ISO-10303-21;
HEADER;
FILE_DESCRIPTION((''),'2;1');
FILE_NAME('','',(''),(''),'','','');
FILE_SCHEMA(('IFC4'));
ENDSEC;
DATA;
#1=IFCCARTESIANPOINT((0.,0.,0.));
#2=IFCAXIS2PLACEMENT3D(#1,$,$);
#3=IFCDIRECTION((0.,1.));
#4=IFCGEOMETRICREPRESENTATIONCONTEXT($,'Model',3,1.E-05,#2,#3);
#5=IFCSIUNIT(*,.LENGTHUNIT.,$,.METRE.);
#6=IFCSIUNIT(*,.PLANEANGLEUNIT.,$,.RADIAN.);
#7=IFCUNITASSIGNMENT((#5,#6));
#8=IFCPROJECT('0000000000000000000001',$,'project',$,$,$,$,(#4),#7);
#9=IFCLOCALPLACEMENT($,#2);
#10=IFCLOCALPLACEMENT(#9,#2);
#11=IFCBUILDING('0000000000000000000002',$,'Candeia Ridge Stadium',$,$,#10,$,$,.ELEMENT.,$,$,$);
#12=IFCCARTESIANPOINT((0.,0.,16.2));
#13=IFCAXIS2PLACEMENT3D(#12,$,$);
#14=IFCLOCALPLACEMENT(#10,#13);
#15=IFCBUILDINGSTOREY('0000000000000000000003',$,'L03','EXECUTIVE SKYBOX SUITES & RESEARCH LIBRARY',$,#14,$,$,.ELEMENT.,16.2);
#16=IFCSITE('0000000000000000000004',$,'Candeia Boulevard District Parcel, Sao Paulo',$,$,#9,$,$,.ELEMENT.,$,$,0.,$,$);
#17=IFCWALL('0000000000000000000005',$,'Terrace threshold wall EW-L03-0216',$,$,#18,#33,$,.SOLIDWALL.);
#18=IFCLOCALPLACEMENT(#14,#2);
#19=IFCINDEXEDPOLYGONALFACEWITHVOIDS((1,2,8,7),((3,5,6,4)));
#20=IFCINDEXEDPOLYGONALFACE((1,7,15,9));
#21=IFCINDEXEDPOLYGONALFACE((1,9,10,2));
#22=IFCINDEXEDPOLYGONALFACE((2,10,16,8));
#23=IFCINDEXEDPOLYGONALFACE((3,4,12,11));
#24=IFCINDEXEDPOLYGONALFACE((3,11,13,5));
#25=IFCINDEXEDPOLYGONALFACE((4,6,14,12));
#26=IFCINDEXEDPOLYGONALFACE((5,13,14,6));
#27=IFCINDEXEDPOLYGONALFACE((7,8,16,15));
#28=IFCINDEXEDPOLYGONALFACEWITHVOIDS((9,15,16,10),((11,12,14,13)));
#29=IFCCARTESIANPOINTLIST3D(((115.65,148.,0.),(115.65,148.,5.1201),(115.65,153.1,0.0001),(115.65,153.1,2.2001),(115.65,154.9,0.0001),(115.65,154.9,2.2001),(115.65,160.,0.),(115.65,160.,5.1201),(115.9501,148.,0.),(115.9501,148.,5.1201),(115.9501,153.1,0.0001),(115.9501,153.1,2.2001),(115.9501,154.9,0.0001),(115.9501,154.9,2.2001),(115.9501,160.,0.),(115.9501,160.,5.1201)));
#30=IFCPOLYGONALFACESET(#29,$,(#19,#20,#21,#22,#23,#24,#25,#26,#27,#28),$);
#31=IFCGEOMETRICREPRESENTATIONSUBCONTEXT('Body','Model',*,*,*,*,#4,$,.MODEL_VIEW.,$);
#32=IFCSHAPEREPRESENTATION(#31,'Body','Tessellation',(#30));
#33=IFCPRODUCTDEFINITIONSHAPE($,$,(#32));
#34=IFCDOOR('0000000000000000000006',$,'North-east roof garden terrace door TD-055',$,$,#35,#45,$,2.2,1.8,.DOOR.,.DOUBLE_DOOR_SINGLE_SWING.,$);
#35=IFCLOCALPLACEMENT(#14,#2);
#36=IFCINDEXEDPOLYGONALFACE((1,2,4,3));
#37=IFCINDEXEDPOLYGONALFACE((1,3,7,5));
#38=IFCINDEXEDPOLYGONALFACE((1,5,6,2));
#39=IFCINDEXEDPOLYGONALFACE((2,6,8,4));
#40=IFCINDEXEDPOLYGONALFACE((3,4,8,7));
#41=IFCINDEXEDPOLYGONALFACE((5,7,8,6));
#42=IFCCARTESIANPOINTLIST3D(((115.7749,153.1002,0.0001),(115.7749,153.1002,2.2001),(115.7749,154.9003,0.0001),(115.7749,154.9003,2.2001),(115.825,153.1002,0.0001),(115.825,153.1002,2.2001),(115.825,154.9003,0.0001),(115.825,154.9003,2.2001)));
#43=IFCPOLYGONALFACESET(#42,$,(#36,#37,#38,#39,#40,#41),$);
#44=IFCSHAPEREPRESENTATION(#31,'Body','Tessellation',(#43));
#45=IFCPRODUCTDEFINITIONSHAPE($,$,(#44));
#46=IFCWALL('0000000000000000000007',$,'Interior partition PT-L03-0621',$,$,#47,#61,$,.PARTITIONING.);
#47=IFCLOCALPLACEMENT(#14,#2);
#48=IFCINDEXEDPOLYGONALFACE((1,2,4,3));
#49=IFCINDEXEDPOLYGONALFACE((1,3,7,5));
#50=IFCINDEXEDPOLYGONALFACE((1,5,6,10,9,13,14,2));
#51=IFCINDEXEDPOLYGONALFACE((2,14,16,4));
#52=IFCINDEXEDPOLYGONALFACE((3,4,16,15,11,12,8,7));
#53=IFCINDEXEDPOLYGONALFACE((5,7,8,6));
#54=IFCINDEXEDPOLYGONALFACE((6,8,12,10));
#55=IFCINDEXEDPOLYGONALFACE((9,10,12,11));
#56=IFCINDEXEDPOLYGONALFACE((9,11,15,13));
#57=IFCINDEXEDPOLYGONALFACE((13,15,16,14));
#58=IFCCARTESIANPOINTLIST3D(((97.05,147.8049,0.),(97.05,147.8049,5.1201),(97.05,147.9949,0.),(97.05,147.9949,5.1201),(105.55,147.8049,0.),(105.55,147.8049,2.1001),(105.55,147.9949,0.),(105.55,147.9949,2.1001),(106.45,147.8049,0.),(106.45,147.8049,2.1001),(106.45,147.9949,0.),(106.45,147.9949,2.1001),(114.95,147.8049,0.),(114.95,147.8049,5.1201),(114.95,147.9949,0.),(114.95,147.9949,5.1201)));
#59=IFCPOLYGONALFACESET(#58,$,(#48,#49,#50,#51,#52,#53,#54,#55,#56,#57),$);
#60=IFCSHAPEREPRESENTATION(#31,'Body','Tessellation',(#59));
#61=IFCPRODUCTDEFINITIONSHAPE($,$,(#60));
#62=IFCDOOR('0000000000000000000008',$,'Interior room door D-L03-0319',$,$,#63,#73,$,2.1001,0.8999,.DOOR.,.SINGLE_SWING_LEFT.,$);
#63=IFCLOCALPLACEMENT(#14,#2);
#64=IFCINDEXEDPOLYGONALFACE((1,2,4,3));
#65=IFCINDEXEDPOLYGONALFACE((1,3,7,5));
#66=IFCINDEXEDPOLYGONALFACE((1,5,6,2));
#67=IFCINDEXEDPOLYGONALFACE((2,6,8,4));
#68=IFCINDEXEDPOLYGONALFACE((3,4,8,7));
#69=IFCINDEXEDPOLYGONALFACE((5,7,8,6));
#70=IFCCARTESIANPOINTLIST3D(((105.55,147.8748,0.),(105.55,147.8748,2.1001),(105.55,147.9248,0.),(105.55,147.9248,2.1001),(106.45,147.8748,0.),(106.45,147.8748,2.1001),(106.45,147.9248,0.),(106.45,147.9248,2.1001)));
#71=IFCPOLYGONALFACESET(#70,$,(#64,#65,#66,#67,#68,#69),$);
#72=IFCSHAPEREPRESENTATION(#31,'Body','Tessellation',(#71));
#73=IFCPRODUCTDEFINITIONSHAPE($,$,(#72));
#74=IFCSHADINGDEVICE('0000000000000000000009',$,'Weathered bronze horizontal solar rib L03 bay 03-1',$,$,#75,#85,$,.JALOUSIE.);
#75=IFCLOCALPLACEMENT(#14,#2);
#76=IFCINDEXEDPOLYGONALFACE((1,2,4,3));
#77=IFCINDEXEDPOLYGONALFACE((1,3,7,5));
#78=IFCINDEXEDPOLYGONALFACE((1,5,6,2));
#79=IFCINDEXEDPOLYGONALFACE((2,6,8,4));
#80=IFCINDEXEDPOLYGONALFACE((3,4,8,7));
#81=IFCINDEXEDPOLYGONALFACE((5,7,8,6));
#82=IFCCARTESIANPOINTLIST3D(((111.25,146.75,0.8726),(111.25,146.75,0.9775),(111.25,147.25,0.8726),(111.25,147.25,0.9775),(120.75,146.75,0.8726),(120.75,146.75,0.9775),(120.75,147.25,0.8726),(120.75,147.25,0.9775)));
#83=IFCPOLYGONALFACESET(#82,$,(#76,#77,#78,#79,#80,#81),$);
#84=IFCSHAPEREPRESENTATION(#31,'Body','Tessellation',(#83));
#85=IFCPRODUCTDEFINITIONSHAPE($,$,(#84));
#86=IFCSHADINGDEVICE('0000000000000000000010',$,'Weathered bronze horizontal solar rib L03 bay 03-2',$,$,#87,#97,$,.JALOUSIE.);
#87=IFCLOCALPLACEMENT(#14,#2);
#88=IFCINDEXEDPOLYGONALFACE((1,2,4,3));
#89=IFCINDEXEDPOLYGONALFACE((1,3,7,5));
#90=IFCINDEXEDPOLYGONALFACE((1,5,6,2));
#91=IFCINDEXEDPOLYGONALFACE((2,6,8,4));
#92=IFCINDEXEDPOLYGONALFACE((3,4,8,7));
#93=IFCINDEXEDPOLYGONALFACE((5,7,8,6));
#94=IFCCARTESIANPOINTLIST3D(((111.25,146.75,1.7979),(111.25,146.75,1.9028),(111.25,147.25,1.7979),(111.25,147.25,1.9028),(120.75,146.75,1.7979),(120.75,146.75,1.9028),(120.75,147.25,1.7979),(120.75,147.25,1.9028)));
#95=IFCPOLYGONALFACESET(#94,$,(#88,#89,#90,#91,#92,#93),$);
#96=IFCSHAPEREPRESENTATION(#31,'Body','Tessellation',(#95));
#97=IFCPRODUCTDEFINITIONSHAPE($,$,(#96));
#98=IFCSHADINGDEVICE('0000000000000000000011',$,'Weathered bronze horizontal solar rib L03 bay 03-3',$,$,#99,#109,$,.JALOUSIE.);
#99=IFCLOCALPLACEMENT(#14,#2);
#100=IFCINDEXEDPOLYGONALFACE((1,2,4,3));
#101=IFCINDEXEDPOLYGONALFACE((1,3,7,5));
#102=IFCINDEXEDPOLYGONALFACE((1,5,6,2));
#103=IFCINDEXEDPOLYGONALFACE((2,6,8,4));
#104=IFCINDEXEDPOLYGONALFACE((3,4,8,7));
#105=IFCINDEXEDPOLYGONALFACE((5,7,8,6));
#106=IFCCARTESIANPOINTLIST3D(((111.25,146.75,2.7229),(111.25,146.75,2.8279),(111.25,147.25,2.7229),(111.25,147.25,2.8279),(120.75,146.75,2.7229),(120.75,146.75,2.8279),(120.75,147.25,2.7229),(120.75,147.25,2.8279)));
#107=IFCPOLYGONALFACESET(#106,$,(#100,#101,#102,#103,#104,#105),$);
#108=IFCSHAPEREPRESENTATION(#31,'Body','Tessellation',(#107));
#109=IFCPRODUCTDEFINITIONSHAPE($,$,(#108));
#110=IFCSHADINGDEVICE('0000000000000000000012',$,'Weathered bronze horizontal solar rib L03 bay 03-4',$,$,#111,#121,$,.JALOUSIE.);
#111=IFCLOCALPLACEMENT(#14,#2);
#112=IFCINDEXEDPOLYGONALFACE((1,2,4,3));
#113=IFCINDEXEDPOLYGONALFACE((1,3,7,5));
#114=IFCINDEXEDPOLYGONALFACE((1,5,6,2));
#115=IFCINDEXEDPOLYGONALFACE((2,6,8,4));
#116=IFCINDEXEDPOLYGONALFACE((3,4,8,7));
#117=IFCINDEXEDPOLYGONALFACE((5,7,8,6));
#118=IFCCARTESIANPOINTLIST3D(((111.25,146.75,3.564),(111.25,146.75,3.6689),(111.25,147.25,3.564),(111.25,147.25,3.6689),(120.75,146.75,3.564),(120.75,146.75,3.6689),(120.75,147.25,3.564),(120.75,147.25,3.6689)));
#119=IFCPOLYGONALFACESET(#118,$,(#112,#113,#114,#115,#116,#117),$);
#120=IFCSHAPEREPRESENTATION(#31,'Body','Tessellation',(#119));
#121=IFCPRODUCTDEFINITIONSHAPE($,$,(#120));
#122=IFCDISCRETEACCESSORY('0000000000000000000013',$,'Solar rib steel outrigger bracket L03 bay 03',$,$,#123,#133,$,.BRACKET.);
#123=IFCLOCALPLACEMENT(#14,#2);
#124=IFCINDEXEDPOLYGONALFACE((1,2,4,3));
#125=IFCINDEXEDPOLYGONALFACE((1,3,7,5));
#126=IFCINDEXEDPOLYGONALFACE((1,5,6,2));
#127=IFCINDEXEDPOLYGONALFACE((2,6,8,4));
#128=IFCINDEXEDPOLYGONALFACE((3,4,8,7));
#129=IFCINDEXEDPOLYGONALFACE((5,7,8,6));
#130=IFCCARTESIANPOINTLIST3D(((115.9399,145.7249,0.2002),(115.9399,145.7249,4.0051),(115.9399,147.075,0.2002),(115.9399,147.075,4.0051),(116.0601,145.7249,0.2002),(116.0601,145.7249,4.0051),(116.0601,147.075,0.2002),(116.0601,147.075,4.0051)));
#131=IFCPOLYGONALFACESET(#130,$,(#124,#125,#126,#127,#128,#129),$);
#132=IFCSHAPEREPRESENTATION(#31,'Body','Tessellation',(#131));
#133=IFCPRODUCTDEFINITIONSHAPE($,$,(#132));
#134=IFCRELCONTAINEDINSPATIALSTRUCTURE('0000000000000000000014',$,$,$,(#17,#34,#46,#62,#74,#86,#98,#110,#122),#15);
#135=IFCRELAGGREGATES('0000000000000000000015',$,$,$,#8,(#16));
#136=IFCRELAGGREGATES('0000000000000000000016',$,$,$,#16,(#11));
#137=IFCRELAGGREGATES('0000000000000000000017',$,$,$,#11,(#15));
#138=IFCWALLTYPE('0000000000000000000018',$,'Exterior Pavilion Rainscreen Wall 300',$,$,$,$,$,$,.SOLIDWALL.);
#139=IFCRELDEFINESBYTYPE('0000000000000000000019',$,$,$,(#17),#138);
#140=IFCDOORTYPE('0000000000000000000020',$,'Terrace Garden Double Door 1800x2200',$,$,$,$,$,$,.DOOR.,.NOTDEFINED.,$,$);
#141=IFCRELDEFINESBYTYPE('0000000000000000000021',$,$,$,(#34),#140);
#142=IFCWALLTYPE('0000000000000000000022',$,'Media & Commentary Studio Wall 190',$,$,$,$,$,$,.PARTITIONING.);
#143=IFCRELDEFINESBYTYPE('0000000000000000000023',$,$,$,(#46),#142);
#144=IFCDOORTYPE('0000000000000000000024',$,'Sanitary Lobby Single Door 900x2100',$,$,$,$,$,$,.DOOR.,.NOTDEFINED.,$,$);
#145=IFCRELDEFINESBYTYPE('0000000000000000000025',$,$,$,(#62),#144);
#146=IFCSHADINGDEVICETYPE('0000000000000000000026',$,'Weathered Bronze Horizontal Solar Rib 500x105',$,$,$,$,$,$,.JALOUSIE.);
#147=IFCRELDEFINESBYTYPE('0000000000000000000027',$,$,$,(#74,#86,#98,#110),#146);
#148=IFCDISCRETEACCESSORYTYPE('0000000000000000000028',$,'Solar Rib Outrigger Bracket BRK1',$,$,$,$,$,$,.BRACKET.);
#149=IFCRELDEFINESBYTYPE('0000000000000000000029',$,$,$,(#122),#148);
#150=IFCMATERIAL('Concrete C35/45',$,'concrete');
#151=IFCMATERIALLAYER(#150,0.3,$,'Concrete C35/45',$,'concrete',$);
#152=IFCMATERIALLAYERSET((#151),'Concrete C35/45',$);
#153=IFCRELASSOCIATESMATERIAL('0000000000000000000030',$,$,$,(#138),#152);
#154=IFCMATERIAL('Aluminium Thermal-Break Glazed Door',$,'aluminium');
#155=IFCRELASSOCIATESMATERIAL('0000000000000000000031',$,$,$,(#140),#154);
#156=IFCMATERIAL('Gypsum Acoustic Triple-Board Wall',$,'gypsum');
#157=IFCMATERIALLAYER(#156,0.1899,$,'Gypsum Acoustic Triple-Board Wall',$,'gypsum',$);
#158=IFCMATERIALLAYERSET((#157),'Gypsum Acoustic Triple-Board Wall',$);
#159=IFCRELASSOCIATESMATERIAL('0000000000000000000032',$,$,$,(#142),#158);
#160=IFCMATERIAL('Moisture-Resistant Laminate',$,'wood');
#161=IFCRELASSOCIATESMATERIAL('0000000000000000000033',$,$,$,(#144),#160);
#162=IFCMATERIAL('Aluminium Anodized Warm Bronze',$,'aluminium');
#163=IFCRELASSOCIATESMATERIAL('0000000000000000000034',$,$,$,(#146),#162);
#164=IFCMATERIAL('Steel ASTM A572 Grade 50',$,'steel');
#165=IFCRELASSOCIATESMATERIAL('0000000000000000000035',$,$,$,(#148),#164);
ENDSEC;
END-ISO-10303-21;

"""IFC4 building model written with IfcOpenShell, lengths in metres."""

from ifc_helpers import new_model, si_unit, direction, frame, frame_2d, origin, origin_2d, place, context, subcontext, project, spatial, rectangle, extrude, material, layer, layer_set, type_object, element, fill, save


model = new_model("IFC4")

# Units and contexts
model_context = context("Model", 3, precision=1e-05, world=origin(), true_north=direction((0.0, 1.0)))
body_context = subcontext(model_context, "Body", "Model", "MODEL_VIEW")
ifc_project = project(units=[si_unit("LENGTHUNIT", "METRE"), si_unit("PLANEANGLEUNIT", "RADIAN")], contexts=[model_context])

# Site, building, storey
site_placement = place(None, origin())
site = spatial("IfcSite", under=ifc_project, at=site_placement, Name="Candeia Boulevard District Parcel, Sao Paulo", CompositionType="ELEMENT", RefElevation=0.0)
building_placement = place(site_placement, origin())
building = spatial("IfcBuilding", under=site, at=building_placement, Name="Candeia Ridge Stadium", CompositionType="ELEMENT")
storey_placement = place(building_placement, frame((0.0, 0.0, 16.2)))
storey = spatial("IfcBuildingStorey", under=building, at=storey_placement, Name="L03", Description="EXECUTIVE SKYBOX SUITES & RESEARCH LIBRARY", CompositionType="ELEMENT", Elevation=16.2)

# Shared definitions
ifc_material_1 = material(Name="Steel ASTM A572 Grade 50", Category="steel")

# Shared definitions
ifc_material_2 = material(Name="Aluminium Anodized Warm Bronze", Category="aluminium")

# Walls, openings, doors
ifc_material_3 = material(Name="Concrete C35/45", Category="concrete")
ifc_layer_1 = layer(ifc_material_3, 0.3, Name="Concrete C35/45", Category="concrete")
ifc_layer_set_1 = layer_set([ifc_layer_1], Name="Concrete C35/45")
wall_type_1 = type_object("IfcWallType", Name="Exterior Pavilion Rainscreen Wall 300", PredefinedType="SOLIDWALL", material=ifc_layer_set_1)
wall_1_placement = place(storey_placement, frame((115.8, 148.0, 0.0), z_axis=(0.0, 0.0, 1.0), x_axis=(0.0, 1.0, 0.0)))
wall_1 = element("IfcWall", 1, at=wall_1_placement, inside=storey, type_object=wall_type_1, Name="Terrace threshold wall EW-L03-0216", PredefinedType="SOLIDWALL", context=body_context, shape_type="SweptSolid", body=[
    extrude(rectangle(XDim=12.0, YDim=0.3, at=frame_2d((6.0, 0.0))), origin(), (0.0, 0.0, 1.0), 5.1201),
])
opening_1_placement = place(wall_1_placement, frame((5.1001, 0.0, 0.0)))
opening_1 = element("IfcOpeningElement", 2, at=opening_1_placement, cuts=wall_1, PredefinedType="OPENING", context=body_context, shape_type="SweptSolid", body=[
    extrude(rectangle(XDim=1.8, YDim=2.2, at=frame_2d((0.8999, 1.1001))), frame((0.0, 0.1599, 0.0), z_axis=(0.0, -1.0, 0.0), x_axis=(1.0, 0.0, 0.0)), (0.0, 0.0, 1.0), 0.3201),
])
ifc_material_4 = material(Name="Aluminium Thermal-Break Glazed Door", Category="aluminium")
door_type_1 = type_object("IfcDoorType", Name="Terrace Garden Double Door 1800x2200", OperationType="NOTDEFINED", PredefinedType="DOOR", material=ifc_material_4)
door_1_placement = place(opening_1_placement, frame((1.8, 0.0, 0.0), z_axis=(0.0, 0.0, 1.0), x_axis=(-1.0, 0.0, 0.0)))
door_1 = element("IfcDoor", 3, at=door_1_placement, inside=storey, type_object=door_type_1, Name="North-east roof garden terrace door TD-055", OperationType="DOUBLE_DOOR_SINGLE_SWING", OverallHeight=2.2, OverallWidth=1.8, PredefinedType="DOOR", context=body_context, shape_type="SweptSolid", body=[
    extrude(rectangle(XDim=1.8, YDim=2.2, at=frame_2d((0.8999, 1.1001))), frame((0.0, 0.0249, 0.0), z_axis=(0.0, -1.0, 0.0), x_axis=(1.0, 0.0, 0.0)), (0.0, 0.0, 1.0), 0.05),
])
fill(opening_1, door_1)
ifc_material_5 = material(Name="Gypsum Acoustic Triple-Board Wall", Category="gypsum")
ifc_layer_2 = layer(ifc_material_5, 0.1899, Name="Gypsum Acoustic Triple-Board Wall", Category="gypsum")
ifc_layer_set_2 = layer_set([ifc_layer_2], Name="Gypsum Acoustic Triple-Board Wall")
wall_type_2 = type_object("IfcWallType", Name="Media & Commentary Studio Wall 190", PredefinedType="PARTITIONING", material=ifc_layer_set_2)
wall_2_placement = place(storey_placement, frame((114.95, 147.8999, 0.0), z_axis=(0.0, 0.0, 1.0), x_axis=(-1.0, 0.0, 0.0)))
wall_2 = element("IfcWall", 4, at=wall_2_placement, inside=storey, type_object=wall_type_2, Name="Interior partition PT-L03-0621", PredefinedType="PARTITIONING", context=body_context, shape_type="SweptSolid", body=[
    extrude(rectangle(XDim=17.8999, YDim=0.1899, at=frame_2d((8.95, 0.0))), origin(), (0.0, 0.0, 1.0), 5.1201),
])
opening_2_placement = place(wall_2_placement, frame((8.5, 0.0, 0.0)))
opening_2 = element("IfcOpeningElement", 5, at=opening_2_placement, cuts=wall_2, PredefinedType="OPENING", context=body_context, shape_type="SweptSolid", body=[
    extrude(rectangle(XDim=0.8999, YDim=2.1001, at=frame_2d((0.45, 1.05))), frame((0.0, 0.105, 0.0), z_axis=(0.0, -1.0, 0.0), x_axis=(1.0, 0.0, 0.0)), (0.0, 0.0, 1.0), 0.21),
])
ifc_material_6 = material(Name="Moisture-Resistant Laminate", Category="wood")
door_type_2 = type_object("IfcDoorType", Name="Sanitary Lobby Single Door 900x2100", OperationType="NOTDEFINED", PredefinedType="DOOR", material=ifc_material_6)
door_2_placement = place(opening_2_placement, frame((0.8999, 0.0, 0.0), z_axis=(0.0, 0.0, 1.0), x_axis=(-1.0, 0.0, 0.0)))
door_2 = element("IfcDoor", 6, at=door_2_placement, inside=storey, type_object=door_type_2, Name="Interior room door D-L03-0319", OperationType="SINGLE_SWING_LEFT", OverallHeight=2.1001, OverallWidth=0.8999, PredefinedType="DOOR", context=body_context, shape_type="SweptSolid", body=[
    extrude(rectangle(XDim=0.8999, YDim=2.1001, at=frame_2d((0.45, 1.05))), frame((0.0, 0.0249, 0.0), z_axis=(0.0, -1.0, 0.0), x_axis=(1.0, 0.0, 0.0)), (0.0, 0.0, 1.0), 0.05),
])
fill(opening_2, door_2)

# Shading devices
shading_device_type = type_object("IfcShadingDeviceType", Name="Weathered Bronze Horizontal Solar Rib 500x105", PredefinedType="JALOUSIE", material=ifc_material_2)
for number, where, z_axis, x_axis, name in (
    (7, (116.0, 147.0, 0.8726), (0.0, 0.0, 1.0), (-1.0, 0.0, 0.0), "Weathered bronze horizontal solar rib L03 bay 03-1"),
    (8, (116.0, 147.0, 1.7979), (0.0, 0.0, 1.0), (-1.0, 0.0, 0.0), "Weathered bronze horizontal solar rib L03 bay 03-2"),
    (9, (116.0, 147.0, 2.7229), (0.0, 0.0, 1.0), (-1.0, 0.0, 0.0), "Weathered bronze horizontal solar rib L03 bay 03-3"),
    (10, (116.0, 147.0, 3.564), (0.0, 0.0, 1.0), (-1.0, 0.0, 0.0), "Weathered bronze horizontal solar rib L03 bay 03-4"),
):
    element("IfcShadingDevice", number, at=place(storey_placement, frame(where, z_axis=z_axis, x_axis=x_axis)), inside=storey, type_object=shading_device_type, Name=name, PredefinedType="JALOUSIE", context=body_context, shape_type="SweptSolid", body=[
        extrude(rectangle(XDim=9.5, YDim=0.5, at=origin_2d()), origin(), (0.0, 0.0, 1.0), 0.105),
    ])

# Discrete accessory
discrete_accessory_type = type_object("IfcDiscreteAccessoryType", Name="Solar Rib Outrigger Bracket BRK1", PredefinedType="BRACKET", material=ifc_material_1)
discrete_accessory_placement = place(storey_placement, frame((116.0, 146.3999, 0.2002), z_axis=(0.0, 0.0, 1.0), x_axis=(0.0, 1.0, 0.0)))
element("IfcDiscreteAccessory", 11, at=discrete_accessory_placement, inside=storey, type_object=discrete_accessory_type, Name="Solar rib steel outrigger bracket L03 bay 03", PredefinedType="BRACKET", context=body_context, shape_type="SweptSolid", body=[
    extrude(rectangle(XDim=1.3501, YDim=0.1201, at=origin_2d()), origin(), (0.0, 0.0, 1.0), 3.8049),
])

save(model, "model.ifc")
